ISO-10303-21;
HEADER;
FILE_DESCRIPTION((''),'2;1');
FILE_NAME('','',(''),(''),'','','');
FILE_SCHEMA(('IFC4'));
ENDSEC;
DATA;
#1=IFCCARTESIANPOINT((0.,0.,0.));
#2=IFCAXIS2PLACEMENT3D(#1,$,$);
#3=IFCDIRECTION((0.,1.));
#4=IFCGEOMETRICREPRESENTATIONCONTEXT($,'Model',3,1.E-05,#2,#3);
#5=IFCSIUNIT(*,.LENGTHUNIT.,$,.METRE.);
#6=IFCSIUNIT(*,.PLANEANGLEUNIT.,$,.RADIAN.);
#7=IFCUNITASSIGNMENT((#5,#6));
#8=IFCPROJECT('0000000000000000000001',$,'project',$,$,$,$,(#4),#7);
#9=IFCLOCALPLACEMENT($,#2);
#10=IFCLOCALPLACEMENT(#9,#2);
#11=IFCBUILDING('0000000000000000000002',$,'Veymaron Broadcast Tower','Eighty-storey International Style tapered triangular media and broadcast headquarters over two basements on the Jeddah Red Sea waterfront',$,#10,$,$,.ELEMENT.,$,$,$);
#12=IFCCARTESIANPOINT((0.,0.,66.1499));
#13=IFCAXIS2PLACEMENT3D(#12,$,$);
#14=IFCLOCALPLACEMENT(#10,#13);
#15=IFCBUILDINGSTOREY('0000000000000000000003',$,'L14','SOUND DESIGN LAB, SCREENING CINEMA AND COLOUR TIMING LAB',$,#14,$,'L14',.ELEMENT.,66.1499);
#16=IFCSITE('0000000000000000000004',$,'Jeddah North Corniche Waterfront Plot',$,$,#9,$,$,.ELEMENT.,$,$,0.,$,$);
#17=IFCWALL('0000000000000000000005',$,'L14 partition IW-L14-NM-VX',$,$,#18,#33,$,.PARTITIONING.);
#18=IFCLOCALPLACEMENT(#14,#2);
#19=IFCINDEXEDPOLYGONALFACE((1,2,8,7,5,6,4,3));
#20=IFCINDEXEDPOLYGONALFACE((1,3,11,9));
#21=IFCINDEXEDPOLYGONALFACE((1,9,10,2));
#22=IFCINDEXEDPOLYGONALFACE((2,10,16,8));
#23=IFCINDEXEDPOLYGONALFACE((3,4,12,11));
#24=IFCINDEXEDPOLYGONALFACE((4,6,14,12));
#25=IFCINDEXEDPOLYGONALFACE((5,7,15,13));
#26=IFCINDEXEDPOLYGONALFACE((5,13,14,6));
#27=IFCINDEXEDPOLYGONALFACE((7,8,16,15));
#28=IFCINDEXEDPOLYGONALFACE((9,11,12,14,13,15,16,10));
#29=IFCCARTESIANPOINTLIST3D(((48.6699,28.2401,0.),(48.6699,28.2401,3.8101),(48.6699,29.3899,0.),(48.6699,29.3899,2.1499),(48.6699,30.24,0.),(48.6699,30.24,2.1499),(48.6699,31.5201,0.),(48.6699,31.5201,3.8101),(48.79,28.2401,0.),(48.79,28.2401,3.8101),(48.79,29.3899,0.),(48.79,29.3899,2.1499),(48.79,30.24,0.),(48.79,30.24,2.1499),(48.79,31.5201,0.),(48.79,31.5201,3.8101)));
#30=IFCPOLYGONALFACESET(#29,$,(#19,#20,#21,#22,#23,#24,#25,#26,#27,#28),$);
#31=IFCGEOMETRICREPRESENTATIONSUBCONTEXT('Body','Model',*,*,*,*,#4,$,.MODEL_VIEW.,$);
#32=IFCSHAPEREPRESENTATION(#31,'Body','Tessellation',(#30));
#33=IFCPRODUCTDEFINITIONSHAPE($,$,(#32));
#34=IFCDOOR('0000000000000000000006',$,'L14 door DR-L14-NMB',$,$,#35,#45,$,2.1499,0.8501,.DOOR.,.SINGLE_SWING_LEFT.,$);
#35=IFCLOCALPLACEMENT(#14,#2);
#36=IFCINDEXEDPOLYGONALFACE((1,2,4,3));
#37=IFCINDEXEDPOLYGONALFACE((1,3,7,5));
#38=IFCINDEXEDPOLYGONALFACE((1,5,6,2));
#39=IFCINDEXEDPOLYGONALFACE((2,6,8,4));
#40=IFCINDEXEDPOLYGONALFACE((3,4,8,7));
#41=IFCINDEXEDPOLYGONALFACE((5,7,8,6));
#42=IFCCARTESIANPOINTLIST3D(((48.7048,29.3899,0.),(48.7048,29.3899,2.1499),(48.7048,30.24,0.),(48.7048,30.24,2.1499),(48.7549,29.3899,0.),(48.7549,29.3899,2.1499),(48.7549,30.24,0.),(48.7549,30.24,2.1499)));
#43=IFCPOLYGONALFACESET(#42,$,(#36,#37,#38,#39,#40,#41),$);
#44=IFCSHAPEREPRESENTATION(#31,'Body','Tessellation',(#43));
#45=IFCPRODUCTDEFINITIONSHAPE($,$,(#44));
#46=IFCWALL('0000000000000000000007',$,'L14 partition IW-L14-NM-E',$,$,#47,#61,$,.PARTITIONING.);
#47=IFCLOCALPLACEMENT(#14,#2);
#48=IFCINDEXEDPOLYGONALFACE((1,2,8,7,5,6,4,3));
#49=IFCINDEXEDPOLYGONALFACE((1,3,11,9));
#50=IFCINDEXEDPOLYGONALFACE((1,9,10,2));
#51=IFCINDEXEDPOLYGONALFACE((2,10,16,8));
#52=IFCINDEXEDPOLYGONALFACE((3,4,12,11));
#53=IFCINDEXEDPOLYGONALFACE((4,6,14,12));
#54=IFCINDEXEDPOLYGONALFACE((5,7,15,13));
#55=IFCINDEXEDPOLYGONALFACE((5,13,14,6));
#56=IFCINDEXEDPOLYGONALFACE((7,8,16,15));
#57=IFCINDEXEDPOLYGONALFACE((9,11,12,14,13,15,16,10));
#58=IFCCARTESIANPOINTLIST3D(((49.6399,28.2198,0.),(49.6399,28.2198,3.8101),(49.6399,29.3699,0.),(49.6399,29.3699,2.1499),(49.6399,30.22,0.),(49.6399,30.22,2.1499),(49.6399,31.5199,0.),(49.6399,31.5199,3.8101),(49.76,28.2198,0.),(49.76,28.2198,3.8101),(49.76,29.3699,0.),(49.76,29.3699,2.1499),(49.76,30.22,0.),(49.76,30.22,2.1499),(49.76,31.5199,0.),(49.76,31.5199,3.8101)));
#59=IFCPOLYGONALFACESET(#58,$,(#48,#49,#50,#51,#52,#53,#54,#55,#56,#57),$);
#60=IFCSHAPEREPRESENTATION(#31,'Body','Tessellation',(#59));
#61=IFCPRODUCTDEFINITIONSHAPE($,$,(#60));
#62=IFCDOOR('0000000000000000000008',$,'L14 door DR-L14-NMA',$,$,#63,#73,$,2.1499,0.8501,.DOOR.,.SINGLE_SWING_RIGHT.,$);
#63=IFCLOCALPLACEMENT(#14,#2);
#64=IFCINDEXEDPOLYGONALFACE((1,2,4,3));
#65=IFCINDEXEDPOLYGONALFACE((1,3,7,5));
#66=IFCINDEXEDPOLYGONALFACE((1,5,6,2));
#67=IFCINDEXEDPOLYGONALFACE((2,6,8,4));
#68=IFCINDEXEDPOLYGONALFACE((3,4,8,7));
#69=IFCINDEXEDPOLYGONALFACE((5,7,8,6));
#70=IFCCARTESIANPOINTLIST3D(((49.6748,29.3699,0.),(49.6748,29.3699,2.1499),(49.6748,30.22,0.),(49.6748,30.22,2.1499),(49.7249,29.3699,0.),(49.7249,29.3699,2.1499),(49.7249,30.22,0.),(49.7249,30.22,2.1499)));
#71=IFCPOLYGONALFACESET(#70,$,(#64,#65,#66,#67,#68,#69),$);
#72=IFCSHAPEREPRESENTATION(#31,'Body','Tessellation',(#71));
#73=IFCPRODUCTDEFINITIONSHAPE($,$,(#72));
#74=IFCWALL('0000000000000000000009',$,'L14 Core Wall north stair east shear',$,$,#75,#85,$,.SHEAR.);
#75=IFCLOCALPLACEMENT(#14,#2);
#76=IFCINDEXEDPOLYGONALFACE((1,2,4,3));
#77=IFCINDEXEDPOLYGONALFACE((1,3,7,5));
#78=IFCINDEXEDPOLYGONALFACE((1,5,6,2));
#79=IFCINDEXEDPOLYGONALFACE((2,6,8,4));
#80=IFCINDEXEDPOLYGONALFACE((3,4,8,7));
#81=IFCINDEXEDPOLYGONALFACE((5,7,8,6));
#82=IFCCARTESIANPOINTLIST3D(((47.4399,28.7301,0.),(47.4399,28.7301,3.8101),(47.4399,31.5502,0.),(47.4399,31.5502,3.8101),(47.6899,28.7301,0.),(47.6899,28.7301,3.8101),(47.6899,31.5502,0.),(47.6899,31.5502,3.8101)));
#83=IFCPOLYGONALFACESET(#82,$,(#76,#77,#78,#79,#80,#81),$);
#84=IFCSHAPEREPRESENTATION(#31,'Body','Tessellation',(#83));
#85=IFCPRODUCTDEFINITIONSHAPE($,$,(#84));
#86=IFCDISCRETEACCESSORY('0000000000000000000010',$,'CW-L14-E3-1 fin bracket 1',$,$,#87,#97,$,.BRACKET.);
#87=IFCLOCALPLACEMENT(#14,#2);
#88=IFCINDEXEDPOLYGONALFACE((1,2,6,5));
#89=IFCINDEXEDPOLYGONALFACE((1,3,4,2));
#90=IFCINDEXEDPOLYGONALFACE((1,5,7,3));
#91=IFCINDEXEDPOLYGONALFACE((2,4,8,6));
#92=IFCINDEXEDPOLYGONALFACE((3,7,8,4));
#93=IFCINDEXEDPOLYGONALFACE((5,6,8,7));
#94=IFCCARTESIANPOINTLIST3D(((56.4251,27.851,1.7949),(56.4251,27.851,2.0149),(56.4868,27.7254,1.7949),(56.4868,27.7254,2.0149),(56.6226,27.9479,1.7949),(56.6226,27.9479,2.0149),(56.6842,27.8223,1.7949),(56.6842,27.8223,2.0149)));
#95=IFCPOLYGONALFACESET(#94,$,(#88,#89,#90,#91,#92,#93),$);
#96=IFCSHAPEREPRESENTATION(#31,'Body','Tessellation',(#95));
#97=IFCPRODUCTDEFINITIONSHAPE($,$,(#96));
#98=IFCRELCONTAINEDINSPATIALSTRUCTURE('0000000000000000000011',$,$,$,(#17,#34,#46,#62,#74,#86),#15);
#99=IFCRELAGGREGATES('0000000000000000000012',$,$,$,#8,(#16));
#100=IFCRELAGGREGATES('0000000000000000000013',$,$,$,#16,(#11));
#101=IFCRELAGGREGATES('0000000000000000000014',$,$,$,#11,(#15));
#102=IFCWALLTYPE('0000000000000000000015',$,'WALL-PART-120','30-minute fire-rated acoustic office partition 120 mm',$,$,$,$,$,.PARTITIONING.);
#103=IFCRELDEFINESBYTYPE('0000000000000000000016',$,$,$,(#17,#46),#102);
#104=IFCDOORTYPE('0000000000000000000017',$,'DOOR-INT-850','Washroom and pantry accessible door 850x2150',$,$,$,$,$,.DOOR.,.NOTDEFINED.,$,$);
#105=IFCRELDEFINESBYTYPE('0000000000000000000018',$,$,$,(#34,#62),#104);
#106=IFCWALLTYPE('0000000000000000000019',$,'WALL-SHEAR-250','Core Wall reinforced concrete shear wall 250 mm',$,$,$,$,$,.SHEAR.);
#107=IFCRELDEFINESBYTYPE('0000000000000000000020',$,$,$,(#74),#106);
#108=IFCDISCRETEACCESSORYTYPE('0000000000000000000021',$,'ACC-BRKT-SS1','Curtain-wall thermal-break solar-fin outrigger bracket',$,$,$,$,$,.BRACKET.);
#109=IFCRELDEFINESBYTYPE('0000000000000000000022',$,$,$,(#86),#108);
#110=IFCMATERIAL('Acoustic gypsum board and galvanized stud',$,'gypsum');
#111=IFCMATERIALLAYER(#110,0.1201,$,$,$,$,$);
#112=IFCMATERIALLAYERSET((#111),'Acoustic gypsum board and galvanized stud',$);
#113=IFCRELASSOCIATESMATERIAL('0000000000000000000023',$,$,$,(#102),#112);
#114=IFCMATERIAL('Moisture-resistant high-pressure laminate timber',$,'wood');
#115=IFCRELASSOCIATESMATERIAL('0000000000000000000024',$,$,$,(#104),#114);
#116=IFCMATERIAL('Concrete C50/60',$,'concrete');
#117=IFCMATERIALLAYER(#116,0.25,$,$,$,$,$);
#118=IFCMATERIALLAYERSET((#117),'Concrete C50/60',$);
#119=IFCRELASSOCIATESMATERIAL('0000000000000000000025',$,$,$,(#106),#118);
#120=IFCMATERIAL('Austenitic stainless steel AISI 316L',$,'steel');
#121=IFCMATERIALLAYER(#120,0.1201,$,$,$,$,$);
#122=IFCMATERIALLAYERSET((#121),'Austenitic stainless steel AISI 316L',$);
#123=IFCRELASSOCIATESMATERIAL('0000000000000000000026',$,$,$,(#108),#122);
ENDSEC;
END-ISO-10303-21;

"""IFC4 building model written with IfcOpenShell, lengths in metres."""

from ifc_helpers import new_model, si_unit, direction, frame, frame_2d, origin, origin_2d, place, context, subcontext, project, spatial, rectangle, extrude, material, layer, layer_set, type_object, element, fill, save


model = new_model("IFC4")

# Units and contexts
model_context = context("Model", 3, precision=1e-05, world=origin(), true_north=direction((0.0, 1.0)))
body_context = subcontext(model_context, "Body", "Model", "MODEL_VIEW")
ifc_project = project(units=[si_unit("LENGTHUNIT", "METRE"), si_unit("PLANEANGLEUNIT", "RADIAN")], contexts=[model_context])

# Site, building, storey
site_placement = place(None, origin())
site = spatial("IfcSite", under=ifc_project, at=site_placement, Name="Jeddah North Corniche Waterfront Plot", CompositionType="ELEMENT", RefElevation=0.0)
building_placement = place(site_placement, origin())
building = spatial("IfcBuilding", under=site, at=building_placement, Name="Veymaron Broadcast Tower", Description="Eighty-storey International Style tapered triangular media and broadcast headquarters over two basements on the Jeddah Red Sea waterfront", CompositionType="ELEMENT")
storey_placement = place(building_placement, frame((0.0, 0.0, 66.1499)))
storey = spatial("IfcBuildingStorey", under=building, at=storey_placement, Name="L14", Description="SOUND DESIGN LAB, SCREENING CINEMA AND COLOUR TIMING LAB", LongName="L14", CompositionType="ELEMENT", Elevation=66.1499)

# Walls, openings, doors
ifc_material_1 = material(Name="Acoustic gypsum board and galvanized stud", Category="gypsum")
ifc_layer_1 = layer(ifc_material_1, 0.1201)
ifc_layer_set_1 = layer_set([ifc_layer_1], Name="Acoustic gypsum board and galvanized stud")
wall_type_1 = type_object("IfcWallType", Name="WALL-PART-120", Description="30-minute fire-rated acoustic office partition 120 mm", PredefinedType="PARTITIONING", material=ifc_layer_set_1)
wall_1_placement = place(storey_placement, frame((48.73, 28.24, 0.0), z_axis=(0.0, 0.0, 1.0), x_axis=(0.0, 1.0, 0.0)))
wall_1 = element("IfcWall", 1, at=wall_1_placement, inside=storey, type_object=wall_type_1, Name="L14 partition IW-L14-NM-VX", PredefinedType="PARTITIONING", context=body_context, shape_type="SweptSolid", body=[
    extrude(rectangle(XDim=3.28, YDim=0.1201, at=frame_2d((1.6401, 0.0))), origin(), (0.0, 0.0, 1.0), 3.8101),
])
opening_1_placement = place(wall_1_placement, frame((1.1499, 0.0, 0.0)))
opening_1 = element("IfcOpeningElement", 2, at=opening_1_placement, cuts=wall_1, PredefinedType="OPENING", context=body_context, shape_type="SweptSolid", body=[
    extrude(rectangle(XDim=0.8501, YDim=2.1499, at=frame_2d((0.425, 1.075))), frame((0.0, 0.0701, 0.0), z_axis=(0.0, -1.0, 0.0), x_axis=(1.0, 0.0, 0.0)), (0.0, 0.0, 1.0), 0.1401),
])
ifc_material_2 = material(Name="Moisture-resistant high-pressure laminate timber", Category="wood")
door_type_1 = type_object("IfcDoorType", Name="DOOR-INT-850", Description="Washroom and pantry accessible door 850x2150", OperationType="NOTDEFINED", PredefinedType="DOOR", material=ifc_material_2)
door_1_placement = place(opening_1_placement, frame((0.8501, 0.0, 0.0), z_axis=(0.0, 0.0, 1.0), x_axis=(-1.0, 0.0, 0.0)))
door_1 = element("IfcDoor", 3, at=door_1_placement, inside=storey, type_object=door_type_1, Name="L14 door DR-L14-NMB", OperationType="SINGLE_SWING_LEFT", OverallHeight=2.1499, OverallWidth=0.8501, PredefinedType="DOOR", context=body_context, shape_type="SweptSolid", body=[
    extrude(rectangle(XDim=0.8501, YDim=2.1499, at=frame_2d((0.425, 1.075))), frame((0.0, 0.0249, 0.0), z_axis=(0.0, -1.0, 0.0), x_axis=(1.0, 0.0, 0.0)), (0.0, 0.0, 1.0), 0.05),
])
fill(opening_1, door_1)
wall_2_placement = place(storey_placement, frame((49.7, 28.22, 0.0), z_axis=(0.0, 0.0, 1.0), x_axis=(0.0, 1.0, 0.0)))
wall_2 = element("IfcWall", 4, at=wall_2_placement, inside=storey, type_object=wall_type_1, Name="L14 partition IW-L14-NM-E", PredefinedType="PARTITIONING", context=body_context, shape_type="SweptSolid", body=[
    extrude(rectangle(XDim=3.3, YDim=0.1201, at=frame_2d((1.6499, 0.0))), origin(), (0.0, 0.0, 1.0), 3.8101),
])
opening_2_placement = place(wall_2_placement, frame((1.1499, 0.0, 0.0)))
opening_2 = element("IfcOpeningElement", 5, at=opening_2_placement, cuts=wall_2, PredefinedType="OPENING", context=body_context, shape_type="SweptSolid", body=[
    extrude(rectangle(XDim=0.8501, YDim=2.1499, at=frame_2d((0.425, 1.075))), frame((0.0, 0.0701, 0.0), z_axis=(0.0, -1.0, 0.0), x_axis=(1.0, 0.0, 0.0)), (0.0, 0.0, 1.0), 0.1401),
])
door_2_placement = place(opening_2_placement, frame((0.8501, 0.0, 0.0), z_axis=(0.0, 0.0, 1.0), x_axis=(-1.0, 0.0, 0.0)))
door_2 = element("IfcDoor", 6, at=door_2_placement, inside=storey, type_object=door_type_1, Name="L14 door DR-L14-NMA", OperationType="SINGLE_SWING_RIGHT", OverallHeight=2.1499, OverallWidth=0.8501, PredefinedType="DOOR", context=body_context, shape_type="SweptSolid", body=[
    extrude(rectangle(XDim=0.8501, YDim=2.1499, at=frame_2d((0.425, 1.075))), frame((0.0, 0.0249, 0.0), z_axis=(0.0, -1.0, 0.0), x_axis=(1.0, 0.0, 0.0)), (0.0, 0.0, 1.0), 0.05),
])
fill(opening_2, door_2)

# Wall
ifc_material_3 = material(Name="Concrete C50/60", Category="concrete")
ifc_layer_2 = layer(ifc_material_3, 0.25)
ifc_layer_set_2 = layer_set([ifc_layer_2], Name="Concrete C50/60")
wall_type_2 = type_object("IfcWallType", Name="WALL-SHEAR-250", Description="Core Wall reinforced concrete shear wall 250 mm", PredefinedType="SHEAR", material=ifc_layer_set_2)
wall_3_placement = place(storey_placement, frame((47.5649, 28.73, 0.0), z_axis=(0.0, 0.0, 1.0), x_axis=(0.0, 1.0, 0.0)))
element("IfcWall", 7, at=wall_3_placement, inside=storey, type_object=wall_type_2, Name="L14 Core Wall north stair east shear", PredefinedType="SHEAR", context=body_context, shape_type="SweptSolid", body=[
    extrude(rectangle(XDim=2.8201, YDim=0.25, at=frame_2d((1.4102, 0.0))), origin(), (0.0, 0.0, 1.0), 3.8101),
])

# Discrete accessory
ifc_material_4 = material(Name="Austenitic stainless steel AISI 316L", Category="steel")
ifc_layer_3 = layer(ifc_material_4, 0.1201)
ifc_layer_set_3 = layer_set([ifc_layer_3], Name="Austenitic stainless steel AISI 316L")
discrete_accessory_type = type_object("IfcDiscreteAccessoryType", Name="ACC-BRKT-SS1", Description="Curtain-wall thermal-break solar-fin outrigger bracket", PredefinedType="BRACKET", material=ifc_layer_set_3)
discrete_accessory_placement = place(storey_placement, frame((56.5547, 27.8367, 1.7949), z_axis=(0.0, 0.0, 1.0), x_axis=(0.897682, 0.440644, 0.0)))
element("IfcDiscreteAccessory", 8, at=discrete_accessory_placement, inside=storey, type_object=discrete_accessory_type, Name="CW-L14-E3-1 fin bracket 1", PredefinedType="BRACKET", context=body_context, shape_type="SweptSolid", body=[
    extrude(rectangle(XDim=0.22, YDim=0.1399, at=origin_2d()), origin(), (0.0, 0.0, 1.0), 0.22),
])

save(model, "model.ifc")
